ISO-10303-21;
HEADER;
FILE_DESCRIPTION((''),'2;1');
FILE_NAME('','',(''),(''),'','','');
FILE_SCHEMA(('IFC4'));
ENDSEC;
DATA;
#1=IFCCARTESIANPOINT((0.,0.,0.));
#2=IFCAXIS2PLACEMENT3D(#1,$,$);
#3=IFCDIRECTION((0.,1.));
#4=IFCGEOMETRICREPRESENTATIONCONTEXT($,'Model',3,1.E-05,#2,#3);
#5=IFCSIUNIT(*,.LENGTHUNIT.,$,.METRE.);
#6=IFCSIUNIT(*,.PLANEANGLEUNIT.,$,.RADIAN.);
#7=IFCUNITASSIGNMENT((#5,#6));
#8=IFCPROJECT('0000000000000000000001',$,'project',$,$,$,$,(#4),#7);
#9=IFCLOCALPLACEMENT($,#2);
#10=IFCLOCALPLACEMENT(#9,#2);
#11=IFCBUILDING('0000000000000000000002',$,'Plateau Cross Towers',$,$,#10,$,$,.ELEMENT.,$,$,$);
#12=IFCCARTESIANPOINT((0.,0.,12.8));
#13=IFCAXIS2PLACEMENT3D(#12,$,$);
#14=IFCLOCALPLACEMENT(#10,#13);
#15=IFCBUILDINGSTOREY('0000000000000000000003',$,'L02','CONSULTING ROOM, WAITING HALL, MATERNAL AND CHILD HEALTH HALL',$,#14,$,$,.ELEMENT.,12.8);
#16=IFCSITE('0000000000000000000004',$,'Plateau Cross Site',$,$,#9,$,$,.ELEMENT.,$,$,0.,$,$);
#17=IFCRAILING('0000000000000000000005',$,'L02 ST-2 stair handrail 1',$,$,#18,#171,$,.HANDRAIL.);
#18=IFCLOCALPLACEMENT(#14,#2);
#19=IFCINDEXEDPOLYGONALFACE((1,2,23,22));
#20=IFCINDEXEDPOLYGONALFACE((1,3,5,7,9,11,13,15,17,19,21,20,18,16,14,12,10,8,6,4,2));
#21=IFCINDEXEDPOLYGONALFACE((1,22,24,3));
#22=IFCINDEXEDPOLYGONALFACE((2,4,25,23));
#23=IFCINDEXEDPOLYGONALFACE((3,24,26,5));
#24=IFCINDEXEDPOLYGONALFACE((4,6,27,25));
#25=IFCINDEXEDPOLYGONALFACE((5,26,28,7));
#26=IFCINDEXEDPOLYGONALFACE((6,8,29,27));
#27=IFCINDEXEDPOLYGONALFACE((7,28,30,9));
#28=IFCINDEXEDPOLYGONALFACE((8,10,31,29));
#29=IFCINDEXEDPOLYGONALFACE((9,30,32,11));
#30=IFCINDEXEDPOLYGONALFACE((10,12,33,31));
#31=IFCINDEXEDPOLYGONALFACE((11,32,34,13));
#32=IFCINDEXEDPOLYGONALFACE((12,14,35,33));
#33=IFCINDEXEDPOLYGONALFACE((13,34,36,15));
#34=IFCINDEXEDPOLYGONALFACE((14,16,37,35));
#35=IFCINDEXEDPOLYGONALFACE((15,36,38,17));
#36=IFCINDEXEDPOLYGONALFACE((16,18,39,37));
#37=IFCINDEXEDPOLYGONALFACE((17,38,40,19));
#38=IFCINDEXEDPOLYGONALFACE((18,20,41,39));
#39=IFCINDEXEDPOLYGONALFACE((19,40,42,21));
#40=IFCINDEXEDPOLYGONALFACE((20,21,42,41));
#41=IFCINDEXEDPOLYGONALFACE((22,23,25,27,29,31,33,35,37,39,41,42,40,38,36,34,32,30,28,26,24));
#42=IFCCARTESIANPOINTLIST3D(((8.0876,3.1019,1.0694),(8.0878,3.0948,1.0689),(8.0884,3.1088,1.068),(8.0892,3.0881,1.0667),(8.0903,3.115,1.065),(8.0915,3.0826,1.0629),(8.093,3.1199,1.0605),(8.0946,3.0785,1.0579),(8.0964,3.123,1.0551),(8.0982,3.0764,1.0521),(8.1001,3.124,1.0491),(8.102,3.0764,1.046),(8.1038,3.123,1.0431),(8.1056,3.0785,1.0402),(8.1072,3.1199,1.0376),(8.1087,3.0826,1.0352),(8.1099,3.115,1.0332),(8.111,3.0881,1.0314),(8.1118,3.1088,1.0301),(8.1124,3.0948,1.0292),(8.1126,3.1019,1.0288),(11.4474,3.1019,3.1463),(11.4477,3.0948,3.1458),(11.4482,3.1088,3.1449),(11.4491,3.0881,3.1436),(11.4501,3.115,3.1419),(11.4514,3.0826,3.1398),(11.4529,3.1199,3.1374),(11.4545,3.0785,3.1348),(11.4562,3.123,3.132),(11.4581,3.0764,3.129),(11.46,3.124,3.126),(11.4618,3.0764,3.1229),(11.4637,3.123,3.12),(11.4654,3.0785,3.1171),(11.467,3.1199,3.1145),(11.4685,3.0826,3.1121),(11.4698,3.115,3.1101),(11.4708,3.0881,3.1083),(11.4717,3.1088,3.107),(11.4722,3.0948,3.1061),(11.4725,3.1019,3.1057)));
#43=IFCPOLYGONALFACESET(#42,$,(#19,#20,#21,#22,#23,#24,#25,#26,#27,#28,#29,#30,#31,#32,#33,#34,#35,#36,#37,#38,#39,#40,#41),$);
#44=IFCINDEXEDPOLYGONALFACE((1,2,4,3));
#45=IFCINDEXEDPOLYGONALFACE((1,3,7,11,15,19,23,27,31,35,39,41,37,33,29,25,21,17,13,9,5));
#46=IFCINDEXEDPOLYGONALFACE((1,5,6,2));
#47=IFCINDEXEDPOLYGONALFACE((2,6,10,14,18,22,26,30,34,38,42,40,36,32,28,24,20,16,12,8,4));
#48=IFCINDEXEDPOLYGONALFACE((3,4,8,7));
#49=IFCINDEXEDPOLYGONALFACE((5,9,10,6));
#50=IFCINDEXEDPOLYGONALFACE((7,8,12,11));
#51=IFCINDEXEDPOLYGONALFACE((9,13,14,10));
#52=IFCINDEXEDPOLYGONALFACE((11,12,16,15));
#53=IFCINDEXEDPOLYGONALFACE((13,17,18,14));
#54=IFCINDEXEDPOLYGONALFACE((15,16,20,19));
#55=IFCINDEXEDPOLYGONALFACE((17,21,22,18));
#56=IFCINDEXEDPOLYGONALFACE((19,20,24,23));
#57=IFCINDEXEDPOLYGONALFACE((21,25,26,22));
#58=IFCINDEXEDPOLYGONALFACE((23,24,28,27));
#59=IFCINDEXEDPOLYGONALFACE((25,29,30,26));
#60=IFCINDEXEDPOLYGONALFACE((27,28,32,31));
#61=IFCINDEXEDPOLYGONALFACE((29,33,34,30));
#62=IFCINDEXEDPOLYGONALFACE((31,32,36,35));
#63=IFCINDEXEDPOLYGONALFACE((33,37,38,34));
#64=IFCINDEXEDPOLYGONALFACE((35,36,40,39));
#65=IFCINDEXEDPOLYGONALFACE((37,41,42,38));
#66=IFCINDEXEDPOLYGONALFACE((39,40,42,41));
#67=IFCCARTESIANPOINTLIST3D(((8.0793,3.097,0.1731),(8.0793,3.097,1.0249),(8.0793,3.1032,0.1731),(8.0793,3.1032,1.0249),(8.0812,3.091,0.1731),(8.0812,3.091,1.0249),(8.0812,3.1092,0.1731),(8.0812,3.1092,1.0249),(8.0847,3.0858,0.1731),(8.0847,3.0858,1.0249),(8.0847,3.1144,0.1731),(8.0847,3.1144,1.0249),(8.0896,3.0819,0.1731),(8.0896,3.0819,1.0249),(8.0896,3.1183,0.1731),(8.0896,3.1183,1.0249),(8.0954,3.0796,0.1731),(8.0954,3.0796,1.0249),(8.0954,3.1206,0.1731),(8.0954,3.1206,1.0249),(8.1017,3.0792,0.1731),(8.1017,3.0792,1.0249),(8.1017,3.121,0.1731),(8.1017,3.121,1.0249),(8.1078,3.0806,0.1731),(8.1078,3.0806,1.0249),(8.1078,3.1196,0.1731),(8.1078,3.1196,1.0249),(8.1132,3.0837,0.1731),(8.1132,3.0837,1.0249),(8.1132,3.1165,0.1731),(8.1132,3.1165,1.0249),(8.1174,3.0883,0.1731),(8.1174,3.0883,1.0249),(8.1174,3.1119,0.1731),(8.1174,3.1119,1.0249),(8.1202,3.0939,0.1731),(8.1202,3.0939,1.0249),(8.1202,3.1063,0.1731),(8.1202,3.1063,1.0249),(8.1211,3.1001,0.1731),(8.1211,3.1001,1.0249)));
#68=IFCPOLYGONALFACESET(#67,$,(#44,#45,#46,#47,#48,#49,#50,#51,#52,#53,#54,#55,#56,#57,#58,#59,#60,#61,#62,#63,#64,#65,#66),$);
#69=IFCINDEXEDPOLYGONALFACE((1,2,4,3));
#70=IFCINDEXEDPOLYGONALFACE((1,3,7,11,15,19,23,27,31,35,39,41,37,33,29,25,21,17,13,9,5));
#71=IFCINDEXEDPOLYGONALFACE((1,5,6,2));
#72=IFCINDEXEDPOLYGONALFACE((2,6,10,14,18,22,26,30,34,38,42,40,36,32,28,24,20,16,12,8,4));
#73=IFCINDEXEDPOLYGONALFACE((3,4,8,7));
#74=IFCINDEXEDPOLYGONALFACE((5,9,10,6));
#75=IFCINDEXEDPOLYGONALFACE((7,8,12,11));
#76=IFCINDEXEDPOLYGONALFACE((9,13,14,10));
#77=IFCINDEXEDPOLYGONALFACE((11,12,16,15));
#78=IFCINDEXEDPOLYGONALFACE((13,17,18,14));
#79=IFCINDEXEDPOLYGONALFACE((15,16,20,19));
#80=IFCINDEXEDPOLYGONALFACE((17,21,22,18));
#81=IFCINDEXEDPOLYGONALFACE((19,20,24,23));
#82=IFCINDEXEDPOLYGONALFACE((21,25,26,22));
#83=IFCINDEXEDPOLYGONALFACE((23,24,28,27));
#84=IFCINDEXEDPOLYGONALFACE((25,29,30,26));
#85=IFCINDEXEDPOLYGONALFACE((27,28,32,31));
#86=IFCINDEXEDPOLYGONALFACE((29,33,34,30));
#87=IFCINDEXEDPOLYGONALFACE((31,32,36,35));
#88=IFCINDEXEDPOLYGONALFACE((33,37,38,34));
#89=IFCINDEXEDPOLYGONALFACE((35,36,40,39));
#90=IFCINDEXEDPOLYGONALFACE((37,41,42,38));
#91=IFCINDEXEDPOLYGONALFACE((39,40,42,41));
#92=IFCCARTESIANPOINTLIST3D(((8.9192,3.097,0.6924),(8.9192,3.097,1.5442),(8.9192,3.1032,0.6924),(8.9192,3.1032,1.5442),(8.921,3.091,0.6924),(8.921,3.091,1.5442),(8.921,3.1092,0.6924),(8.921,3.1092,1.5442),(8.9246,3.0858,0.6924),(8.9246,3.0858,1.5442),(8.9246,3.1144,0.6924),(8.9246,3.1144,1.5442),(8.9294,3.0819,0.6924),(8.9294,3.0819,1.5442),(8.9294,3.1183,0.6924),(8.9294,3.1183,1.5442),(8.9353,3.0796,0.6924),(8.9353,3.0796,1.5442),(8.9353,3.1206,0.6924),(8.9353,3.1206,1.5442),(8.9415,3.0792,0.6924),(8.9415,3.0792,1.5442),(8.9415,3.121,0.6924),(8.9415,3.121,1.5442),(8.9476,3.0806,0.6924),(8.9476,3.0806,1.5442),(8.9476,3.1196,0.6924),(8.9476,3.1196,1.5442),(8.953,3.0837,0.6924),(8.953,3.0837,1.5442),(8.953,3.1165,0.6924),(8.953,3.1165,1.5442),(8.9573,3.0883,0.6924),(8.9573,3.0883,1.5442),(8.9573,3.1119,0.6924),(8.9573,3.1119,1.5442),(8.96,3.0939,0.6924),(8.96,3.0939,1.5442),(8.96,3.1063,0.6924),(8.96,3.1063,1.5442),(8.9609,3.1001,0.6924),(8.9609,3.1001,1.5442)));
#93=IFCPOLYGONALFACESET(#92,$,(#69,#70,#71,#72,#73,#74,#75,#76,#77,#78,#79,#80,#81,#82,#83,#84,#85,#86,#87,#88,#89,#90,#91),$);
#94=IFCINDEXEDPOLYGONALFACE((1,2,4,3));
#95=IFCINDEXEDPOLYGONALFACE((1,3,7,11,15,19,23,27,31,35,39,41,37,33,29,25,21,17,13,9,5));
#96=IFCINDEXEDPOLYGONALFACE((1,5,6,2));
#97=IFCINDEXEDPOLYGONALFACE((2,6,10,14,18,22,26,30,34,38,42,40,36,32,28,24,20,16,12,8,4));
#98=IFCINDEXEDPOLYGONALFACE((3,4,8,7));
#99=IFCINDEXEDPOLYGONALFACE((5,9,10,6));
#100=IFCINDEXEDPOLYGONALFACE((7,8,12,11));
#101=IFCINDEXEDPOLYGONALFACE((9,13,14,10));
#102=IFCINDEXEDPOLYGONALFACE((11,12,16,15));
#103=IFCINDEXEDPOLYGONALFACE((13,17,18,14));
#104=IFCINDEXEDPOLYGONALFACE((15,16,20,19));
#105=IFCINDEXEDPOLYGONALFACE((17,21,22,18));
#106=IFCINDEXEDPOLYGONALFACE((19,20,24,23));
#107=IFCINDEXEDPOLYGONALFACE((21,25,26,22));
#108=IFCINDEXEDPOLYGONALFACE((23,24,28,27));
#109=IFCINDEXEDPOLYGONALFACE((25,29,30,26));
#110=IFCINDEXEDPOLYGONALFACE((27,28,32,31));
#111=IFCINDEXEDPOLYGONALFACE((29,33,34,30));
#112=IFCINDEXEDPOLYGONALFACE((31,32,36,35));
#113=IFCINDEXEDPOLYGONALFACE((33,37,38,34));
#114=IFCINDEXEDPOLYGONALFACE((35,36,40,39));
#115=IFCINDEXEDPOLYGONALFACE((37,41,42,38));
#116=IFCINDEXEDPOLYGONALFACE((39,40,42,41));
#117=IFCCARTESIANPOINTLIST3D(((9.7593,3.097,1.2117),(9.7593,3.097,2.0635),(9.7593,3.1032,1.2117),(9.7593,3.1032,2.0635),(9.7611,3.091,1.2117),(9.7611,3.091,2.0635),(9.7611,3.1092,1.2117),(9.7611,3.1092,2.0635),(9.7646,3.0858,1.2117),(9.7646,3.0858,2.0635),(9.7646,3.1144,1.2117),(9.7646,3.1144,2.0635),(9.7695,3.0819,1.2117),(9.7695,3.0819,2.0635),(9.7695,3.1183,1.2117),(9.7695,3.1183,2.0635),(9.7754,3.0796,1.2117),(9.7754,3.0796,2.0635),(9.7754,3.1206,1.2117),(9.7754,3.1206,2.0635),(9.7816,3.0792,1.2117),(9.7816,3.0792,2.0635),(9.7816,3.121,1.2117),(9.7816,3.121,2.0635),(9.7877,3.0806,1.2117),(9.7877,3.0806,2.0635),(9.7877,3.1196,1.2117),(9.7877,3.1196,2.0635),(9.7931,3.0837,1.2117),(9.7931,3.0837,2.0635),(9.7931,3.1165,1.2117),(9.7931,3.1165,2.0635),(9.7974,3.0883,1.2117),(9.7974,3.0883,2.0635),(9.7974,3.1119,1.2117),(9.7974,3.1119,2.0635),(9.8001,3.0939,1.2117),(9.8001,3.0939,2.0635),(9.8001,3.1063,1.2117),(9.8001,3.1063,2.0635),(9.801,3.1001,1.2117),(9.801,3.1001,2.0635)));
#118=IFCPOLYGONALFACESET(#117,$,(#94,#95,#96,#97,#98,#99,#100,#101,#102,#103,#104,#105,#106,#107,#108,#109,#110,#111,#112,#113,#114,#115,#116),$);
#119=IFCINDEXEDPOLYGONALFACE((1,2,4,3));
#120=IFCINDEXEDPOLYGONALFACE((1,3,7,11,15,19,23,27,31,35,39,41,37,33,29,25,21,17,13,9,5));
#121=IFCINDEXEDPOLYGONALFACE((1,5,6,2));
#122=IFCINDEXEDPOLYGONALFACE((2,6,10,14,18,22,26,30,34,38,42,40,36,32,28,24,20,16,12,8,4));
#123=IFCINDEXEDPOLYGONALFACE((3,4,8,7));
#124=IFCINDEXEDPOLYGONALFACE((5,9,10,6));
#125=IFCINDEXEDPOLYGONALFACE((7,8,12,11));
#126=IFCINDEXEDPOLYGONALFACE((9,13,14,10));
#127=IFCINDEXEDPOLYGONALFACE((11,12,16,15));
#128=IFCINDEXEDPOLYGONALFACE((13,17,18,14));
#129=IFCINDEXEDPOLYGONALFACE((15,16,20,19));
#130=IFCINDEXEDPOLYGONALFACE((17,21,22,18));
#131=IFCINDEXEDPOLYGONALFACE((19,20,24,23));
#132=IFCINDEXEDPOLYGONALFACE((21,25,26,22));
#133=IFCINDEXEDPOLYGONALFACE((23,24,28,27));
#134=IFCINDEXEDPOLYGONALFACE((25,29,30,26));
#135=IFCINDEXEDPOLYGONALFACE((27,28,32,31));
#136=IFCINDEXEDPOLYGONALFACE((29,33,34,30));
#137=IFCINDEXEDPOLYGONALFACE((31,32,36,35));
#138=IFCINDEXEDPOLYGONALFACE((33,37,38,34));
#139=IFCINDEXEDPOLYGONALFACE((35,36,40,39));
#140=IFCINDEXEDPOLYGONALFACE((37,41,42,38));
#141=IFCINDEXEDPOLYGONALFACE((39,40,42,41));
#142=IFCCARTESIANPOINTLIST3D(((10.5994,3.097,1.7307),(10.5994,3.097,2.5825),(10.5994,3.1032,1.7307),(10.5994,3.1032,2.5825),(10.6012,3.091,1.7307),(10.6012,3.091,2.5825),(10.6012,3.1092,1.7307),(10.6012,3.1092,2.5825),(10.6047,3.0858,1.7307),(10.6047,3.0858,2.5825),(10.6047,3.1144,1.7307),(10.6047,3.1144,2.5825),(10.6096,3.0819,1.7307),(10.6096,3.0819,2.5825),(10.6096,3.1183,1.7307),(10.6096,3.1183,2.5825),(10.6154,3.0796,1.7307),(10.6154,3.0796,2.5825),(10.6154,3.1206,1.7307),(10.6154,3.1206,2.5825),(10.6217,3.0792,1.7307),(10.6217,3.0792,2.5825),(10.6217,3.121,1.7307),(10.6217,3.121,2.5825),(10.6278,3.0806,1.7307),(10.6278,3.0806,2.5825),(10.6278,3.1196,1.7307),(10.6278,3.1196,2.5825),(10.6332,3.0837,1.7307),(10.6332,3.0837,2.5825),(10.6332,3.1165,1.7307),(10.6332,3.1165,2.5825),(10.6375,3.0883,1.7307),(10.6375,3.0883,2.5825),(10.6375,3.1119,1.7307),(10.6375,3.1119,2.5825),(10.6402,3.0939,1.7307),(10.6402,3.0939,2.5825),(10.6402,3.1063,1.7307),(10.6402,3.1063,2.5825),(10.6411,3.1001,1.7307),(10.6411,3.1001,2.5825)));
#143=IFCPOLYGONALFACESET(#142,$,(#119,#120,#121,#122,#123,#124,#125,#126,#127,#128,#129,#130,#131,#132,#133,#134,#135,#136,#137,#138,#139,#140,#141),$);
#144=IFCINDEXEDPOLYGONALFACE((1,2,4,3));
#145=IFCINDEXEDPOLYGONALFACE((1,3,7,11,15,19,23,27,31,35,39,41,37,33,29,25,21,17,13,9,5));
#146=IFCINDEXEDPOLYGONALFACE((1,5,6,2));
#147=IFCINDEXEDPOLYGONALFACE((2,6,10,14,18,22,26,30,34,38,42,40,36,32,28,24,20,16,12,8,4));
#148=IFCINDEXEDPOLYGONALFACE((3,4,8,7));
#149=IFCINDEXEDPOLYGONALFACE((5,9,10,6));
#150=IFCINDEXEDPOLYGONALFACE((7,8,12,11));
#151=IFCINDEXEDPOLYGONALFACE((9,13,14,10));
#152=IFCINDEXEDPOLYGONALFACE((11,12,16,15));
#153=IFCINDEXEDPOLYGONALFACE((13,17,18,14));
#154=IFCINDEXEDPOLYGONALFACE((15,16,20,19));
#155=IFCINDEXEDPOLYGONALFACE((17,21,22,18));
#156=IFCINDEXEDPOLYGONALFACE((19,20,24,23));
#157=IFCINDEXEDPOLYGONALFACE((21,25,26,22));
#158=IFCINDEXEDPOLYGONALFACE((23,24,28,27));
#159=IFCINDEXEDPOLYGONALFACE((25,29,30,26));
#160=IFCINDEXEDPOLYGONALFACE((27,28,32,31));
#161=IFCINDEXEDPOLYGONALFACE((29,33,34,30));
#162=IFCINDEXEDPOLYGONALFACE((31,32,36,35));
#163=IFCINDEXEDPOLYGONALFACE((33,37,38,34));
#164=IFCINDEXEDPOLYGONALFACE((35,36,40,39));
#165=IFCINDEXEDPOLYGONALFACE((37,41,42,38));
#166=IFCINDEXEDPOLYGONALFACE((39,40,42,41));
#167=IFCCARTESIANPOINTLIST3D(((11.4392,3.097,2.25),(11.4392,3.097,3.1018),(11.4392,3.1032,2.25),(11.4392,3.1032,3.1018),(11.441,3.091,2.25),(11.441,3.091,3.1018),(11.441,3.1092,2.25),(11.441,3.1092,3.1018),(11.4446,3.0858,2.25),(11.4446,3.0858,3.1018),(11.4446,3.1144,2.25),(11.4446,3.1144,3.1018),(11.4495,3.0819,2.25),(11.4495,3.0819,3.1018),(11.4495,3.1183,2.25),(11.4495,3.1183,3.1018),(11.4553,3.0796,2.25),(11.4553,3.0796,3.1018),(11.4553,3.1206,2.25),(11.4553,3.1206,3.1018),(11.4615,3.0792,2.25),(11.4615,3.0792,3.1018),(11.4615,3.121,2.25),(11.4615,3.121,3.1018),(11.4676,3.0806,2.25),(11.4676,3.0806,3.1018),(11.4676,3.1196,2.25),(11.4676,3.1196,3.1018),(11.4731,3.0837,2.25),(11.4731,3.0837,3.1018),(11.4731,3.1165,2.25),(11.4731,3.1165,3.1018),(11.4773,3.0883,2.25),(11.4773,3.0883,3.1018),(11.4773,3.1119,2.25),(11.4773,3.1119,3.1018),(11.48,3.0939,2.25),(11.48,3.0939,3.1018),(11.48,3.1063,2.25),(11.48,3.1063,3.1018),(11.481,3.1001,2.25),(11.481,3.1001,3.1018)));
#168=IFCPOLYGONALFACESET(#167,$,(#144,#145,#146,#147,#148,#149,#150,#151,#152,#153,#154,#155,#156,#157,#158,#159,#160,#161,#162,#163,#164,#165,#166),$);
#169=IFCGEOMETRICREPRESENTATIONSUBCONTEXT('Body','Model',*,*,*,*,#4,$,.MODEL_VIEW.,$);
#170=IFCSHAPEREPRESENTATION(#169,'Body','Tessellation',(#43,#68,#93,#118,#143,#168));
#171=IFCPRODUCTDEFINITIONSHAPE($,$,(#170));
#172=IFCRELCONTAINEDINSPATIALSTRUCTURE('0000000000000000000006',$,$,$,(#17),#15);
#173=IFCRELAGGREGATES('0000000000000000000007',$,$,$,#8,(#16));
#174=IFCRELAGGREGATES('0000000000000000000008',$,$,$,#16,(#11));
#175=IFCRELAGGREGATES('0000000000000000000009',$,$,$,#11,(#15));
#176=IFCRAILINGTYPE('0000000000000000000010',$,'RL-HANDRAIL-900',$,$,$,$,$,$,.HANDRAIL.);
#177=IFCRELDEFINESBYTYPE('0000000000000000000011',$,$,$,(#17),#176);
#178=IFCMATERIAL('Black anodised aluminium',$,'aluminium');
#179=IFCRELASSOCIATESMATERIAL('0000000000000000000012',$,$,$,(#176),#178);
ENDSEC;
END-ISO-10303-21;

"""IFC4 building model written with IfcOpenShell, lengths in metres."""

from ifc_helpers import new_model, si_unit, direction, frame, origin, origin_2d, place, context, subcontext, project, spatial, circle, extrude, material, type_object, element, save


model = new_model("IFC4")

# Units and contexts
model_context = context("Model", 3, precision=1e-05, world=origin(), true_north=direction((0.0, 1.0)))
body_context = subcontext(model_context, "Body", "Model", "MODEL_VIEW")
ifc_project = project(units=[si_unit("LENGTHUNIT", "METRE"), si_unit("PLANEANGLEUNIT", "RADIAN")], contexts=[model_context])

# Site, building, storey
site_placement = place(None, origin())
site = spatial("IfcSite", under=ifc_project, at=site_placement, Name="Plateau Cross Site", CompositionType="ELEMENT", RefElevation=0.0)
building_placement = place(site_placement, origin())
building = spatial("IfcBuilding", under=site, at=building_placement, Name="Plateau Cross Towers", CompositionType="ELEMENT")
storey_placement = place(building_placement, frame((0.0, 0.0, 12.8)))
storey = spatial("IfcBuildingStorey", under=building, at=storey_placement, Name="L02", Description="CONSULTING ROOM, WAITING HALL, MATERNAL AND CHILD HEALTH HALL", CompositionType="ELEMENT", Elevation=12.8)

# Railing
ifc_material_1 = material(Name="Black anodised aluminium", Category="aluminium")
railing_type_1 = type_object("IfcRailingType", Name="RL-HANDRAIL-900", PredefinedType="HANDRAIL", material=ifc_material_1)
railing_1_placement = place(storey_placement, frame((8.1001, 3.1001, 0.1731)))
element("IfcRailing", 1, at=railing_1_placement, inside=storey, type_object=railing_type_1, Name="L02 ST-2 stair handrail 1", PredefinedType="HANDRAIL", context=body_context, shape_type="SweptSolid", body=[
    extrude(circle(Radius=0.0239, at=origin_2d()), frame((0.0, 0.0, 0.876), z_axis=(0.850606, 0.0, 0.525803), x_axis=(0.0, 1.0, 0.0)), (0.0, 0.0, 1.0), 3.95),
    extrude(circle(Radius=0.021, at=origin_2d()), origin(), (0.0, 0.0, 1.0), 0.8518),
    extrude(circle(Radius=0.021, at=origin_2d()), frame((0.8398, 0.0, 0.5193)), (0.0, 0.0, 1.0), 0.8518),
    extrude(circle(Radius=0.021, at=origin_2d()), frame((1.6799, 0.0, 1.0386)), (0.0, 0.0, 1.0), 0.8518),
    extrude(circle(Radius=0.021, at=origin_2d()), frame((2.52, 0.0, 1.5576)), (0.0, 0.0, 1.0), 0.8518),
    extrude(circle(Radius=0.021, at=origin_2d()), frame((3.3599, 0.0, 2.0769)), (0.0, 0.0, 1.0), 0.8518),
])

save(model, "model.ifc")
